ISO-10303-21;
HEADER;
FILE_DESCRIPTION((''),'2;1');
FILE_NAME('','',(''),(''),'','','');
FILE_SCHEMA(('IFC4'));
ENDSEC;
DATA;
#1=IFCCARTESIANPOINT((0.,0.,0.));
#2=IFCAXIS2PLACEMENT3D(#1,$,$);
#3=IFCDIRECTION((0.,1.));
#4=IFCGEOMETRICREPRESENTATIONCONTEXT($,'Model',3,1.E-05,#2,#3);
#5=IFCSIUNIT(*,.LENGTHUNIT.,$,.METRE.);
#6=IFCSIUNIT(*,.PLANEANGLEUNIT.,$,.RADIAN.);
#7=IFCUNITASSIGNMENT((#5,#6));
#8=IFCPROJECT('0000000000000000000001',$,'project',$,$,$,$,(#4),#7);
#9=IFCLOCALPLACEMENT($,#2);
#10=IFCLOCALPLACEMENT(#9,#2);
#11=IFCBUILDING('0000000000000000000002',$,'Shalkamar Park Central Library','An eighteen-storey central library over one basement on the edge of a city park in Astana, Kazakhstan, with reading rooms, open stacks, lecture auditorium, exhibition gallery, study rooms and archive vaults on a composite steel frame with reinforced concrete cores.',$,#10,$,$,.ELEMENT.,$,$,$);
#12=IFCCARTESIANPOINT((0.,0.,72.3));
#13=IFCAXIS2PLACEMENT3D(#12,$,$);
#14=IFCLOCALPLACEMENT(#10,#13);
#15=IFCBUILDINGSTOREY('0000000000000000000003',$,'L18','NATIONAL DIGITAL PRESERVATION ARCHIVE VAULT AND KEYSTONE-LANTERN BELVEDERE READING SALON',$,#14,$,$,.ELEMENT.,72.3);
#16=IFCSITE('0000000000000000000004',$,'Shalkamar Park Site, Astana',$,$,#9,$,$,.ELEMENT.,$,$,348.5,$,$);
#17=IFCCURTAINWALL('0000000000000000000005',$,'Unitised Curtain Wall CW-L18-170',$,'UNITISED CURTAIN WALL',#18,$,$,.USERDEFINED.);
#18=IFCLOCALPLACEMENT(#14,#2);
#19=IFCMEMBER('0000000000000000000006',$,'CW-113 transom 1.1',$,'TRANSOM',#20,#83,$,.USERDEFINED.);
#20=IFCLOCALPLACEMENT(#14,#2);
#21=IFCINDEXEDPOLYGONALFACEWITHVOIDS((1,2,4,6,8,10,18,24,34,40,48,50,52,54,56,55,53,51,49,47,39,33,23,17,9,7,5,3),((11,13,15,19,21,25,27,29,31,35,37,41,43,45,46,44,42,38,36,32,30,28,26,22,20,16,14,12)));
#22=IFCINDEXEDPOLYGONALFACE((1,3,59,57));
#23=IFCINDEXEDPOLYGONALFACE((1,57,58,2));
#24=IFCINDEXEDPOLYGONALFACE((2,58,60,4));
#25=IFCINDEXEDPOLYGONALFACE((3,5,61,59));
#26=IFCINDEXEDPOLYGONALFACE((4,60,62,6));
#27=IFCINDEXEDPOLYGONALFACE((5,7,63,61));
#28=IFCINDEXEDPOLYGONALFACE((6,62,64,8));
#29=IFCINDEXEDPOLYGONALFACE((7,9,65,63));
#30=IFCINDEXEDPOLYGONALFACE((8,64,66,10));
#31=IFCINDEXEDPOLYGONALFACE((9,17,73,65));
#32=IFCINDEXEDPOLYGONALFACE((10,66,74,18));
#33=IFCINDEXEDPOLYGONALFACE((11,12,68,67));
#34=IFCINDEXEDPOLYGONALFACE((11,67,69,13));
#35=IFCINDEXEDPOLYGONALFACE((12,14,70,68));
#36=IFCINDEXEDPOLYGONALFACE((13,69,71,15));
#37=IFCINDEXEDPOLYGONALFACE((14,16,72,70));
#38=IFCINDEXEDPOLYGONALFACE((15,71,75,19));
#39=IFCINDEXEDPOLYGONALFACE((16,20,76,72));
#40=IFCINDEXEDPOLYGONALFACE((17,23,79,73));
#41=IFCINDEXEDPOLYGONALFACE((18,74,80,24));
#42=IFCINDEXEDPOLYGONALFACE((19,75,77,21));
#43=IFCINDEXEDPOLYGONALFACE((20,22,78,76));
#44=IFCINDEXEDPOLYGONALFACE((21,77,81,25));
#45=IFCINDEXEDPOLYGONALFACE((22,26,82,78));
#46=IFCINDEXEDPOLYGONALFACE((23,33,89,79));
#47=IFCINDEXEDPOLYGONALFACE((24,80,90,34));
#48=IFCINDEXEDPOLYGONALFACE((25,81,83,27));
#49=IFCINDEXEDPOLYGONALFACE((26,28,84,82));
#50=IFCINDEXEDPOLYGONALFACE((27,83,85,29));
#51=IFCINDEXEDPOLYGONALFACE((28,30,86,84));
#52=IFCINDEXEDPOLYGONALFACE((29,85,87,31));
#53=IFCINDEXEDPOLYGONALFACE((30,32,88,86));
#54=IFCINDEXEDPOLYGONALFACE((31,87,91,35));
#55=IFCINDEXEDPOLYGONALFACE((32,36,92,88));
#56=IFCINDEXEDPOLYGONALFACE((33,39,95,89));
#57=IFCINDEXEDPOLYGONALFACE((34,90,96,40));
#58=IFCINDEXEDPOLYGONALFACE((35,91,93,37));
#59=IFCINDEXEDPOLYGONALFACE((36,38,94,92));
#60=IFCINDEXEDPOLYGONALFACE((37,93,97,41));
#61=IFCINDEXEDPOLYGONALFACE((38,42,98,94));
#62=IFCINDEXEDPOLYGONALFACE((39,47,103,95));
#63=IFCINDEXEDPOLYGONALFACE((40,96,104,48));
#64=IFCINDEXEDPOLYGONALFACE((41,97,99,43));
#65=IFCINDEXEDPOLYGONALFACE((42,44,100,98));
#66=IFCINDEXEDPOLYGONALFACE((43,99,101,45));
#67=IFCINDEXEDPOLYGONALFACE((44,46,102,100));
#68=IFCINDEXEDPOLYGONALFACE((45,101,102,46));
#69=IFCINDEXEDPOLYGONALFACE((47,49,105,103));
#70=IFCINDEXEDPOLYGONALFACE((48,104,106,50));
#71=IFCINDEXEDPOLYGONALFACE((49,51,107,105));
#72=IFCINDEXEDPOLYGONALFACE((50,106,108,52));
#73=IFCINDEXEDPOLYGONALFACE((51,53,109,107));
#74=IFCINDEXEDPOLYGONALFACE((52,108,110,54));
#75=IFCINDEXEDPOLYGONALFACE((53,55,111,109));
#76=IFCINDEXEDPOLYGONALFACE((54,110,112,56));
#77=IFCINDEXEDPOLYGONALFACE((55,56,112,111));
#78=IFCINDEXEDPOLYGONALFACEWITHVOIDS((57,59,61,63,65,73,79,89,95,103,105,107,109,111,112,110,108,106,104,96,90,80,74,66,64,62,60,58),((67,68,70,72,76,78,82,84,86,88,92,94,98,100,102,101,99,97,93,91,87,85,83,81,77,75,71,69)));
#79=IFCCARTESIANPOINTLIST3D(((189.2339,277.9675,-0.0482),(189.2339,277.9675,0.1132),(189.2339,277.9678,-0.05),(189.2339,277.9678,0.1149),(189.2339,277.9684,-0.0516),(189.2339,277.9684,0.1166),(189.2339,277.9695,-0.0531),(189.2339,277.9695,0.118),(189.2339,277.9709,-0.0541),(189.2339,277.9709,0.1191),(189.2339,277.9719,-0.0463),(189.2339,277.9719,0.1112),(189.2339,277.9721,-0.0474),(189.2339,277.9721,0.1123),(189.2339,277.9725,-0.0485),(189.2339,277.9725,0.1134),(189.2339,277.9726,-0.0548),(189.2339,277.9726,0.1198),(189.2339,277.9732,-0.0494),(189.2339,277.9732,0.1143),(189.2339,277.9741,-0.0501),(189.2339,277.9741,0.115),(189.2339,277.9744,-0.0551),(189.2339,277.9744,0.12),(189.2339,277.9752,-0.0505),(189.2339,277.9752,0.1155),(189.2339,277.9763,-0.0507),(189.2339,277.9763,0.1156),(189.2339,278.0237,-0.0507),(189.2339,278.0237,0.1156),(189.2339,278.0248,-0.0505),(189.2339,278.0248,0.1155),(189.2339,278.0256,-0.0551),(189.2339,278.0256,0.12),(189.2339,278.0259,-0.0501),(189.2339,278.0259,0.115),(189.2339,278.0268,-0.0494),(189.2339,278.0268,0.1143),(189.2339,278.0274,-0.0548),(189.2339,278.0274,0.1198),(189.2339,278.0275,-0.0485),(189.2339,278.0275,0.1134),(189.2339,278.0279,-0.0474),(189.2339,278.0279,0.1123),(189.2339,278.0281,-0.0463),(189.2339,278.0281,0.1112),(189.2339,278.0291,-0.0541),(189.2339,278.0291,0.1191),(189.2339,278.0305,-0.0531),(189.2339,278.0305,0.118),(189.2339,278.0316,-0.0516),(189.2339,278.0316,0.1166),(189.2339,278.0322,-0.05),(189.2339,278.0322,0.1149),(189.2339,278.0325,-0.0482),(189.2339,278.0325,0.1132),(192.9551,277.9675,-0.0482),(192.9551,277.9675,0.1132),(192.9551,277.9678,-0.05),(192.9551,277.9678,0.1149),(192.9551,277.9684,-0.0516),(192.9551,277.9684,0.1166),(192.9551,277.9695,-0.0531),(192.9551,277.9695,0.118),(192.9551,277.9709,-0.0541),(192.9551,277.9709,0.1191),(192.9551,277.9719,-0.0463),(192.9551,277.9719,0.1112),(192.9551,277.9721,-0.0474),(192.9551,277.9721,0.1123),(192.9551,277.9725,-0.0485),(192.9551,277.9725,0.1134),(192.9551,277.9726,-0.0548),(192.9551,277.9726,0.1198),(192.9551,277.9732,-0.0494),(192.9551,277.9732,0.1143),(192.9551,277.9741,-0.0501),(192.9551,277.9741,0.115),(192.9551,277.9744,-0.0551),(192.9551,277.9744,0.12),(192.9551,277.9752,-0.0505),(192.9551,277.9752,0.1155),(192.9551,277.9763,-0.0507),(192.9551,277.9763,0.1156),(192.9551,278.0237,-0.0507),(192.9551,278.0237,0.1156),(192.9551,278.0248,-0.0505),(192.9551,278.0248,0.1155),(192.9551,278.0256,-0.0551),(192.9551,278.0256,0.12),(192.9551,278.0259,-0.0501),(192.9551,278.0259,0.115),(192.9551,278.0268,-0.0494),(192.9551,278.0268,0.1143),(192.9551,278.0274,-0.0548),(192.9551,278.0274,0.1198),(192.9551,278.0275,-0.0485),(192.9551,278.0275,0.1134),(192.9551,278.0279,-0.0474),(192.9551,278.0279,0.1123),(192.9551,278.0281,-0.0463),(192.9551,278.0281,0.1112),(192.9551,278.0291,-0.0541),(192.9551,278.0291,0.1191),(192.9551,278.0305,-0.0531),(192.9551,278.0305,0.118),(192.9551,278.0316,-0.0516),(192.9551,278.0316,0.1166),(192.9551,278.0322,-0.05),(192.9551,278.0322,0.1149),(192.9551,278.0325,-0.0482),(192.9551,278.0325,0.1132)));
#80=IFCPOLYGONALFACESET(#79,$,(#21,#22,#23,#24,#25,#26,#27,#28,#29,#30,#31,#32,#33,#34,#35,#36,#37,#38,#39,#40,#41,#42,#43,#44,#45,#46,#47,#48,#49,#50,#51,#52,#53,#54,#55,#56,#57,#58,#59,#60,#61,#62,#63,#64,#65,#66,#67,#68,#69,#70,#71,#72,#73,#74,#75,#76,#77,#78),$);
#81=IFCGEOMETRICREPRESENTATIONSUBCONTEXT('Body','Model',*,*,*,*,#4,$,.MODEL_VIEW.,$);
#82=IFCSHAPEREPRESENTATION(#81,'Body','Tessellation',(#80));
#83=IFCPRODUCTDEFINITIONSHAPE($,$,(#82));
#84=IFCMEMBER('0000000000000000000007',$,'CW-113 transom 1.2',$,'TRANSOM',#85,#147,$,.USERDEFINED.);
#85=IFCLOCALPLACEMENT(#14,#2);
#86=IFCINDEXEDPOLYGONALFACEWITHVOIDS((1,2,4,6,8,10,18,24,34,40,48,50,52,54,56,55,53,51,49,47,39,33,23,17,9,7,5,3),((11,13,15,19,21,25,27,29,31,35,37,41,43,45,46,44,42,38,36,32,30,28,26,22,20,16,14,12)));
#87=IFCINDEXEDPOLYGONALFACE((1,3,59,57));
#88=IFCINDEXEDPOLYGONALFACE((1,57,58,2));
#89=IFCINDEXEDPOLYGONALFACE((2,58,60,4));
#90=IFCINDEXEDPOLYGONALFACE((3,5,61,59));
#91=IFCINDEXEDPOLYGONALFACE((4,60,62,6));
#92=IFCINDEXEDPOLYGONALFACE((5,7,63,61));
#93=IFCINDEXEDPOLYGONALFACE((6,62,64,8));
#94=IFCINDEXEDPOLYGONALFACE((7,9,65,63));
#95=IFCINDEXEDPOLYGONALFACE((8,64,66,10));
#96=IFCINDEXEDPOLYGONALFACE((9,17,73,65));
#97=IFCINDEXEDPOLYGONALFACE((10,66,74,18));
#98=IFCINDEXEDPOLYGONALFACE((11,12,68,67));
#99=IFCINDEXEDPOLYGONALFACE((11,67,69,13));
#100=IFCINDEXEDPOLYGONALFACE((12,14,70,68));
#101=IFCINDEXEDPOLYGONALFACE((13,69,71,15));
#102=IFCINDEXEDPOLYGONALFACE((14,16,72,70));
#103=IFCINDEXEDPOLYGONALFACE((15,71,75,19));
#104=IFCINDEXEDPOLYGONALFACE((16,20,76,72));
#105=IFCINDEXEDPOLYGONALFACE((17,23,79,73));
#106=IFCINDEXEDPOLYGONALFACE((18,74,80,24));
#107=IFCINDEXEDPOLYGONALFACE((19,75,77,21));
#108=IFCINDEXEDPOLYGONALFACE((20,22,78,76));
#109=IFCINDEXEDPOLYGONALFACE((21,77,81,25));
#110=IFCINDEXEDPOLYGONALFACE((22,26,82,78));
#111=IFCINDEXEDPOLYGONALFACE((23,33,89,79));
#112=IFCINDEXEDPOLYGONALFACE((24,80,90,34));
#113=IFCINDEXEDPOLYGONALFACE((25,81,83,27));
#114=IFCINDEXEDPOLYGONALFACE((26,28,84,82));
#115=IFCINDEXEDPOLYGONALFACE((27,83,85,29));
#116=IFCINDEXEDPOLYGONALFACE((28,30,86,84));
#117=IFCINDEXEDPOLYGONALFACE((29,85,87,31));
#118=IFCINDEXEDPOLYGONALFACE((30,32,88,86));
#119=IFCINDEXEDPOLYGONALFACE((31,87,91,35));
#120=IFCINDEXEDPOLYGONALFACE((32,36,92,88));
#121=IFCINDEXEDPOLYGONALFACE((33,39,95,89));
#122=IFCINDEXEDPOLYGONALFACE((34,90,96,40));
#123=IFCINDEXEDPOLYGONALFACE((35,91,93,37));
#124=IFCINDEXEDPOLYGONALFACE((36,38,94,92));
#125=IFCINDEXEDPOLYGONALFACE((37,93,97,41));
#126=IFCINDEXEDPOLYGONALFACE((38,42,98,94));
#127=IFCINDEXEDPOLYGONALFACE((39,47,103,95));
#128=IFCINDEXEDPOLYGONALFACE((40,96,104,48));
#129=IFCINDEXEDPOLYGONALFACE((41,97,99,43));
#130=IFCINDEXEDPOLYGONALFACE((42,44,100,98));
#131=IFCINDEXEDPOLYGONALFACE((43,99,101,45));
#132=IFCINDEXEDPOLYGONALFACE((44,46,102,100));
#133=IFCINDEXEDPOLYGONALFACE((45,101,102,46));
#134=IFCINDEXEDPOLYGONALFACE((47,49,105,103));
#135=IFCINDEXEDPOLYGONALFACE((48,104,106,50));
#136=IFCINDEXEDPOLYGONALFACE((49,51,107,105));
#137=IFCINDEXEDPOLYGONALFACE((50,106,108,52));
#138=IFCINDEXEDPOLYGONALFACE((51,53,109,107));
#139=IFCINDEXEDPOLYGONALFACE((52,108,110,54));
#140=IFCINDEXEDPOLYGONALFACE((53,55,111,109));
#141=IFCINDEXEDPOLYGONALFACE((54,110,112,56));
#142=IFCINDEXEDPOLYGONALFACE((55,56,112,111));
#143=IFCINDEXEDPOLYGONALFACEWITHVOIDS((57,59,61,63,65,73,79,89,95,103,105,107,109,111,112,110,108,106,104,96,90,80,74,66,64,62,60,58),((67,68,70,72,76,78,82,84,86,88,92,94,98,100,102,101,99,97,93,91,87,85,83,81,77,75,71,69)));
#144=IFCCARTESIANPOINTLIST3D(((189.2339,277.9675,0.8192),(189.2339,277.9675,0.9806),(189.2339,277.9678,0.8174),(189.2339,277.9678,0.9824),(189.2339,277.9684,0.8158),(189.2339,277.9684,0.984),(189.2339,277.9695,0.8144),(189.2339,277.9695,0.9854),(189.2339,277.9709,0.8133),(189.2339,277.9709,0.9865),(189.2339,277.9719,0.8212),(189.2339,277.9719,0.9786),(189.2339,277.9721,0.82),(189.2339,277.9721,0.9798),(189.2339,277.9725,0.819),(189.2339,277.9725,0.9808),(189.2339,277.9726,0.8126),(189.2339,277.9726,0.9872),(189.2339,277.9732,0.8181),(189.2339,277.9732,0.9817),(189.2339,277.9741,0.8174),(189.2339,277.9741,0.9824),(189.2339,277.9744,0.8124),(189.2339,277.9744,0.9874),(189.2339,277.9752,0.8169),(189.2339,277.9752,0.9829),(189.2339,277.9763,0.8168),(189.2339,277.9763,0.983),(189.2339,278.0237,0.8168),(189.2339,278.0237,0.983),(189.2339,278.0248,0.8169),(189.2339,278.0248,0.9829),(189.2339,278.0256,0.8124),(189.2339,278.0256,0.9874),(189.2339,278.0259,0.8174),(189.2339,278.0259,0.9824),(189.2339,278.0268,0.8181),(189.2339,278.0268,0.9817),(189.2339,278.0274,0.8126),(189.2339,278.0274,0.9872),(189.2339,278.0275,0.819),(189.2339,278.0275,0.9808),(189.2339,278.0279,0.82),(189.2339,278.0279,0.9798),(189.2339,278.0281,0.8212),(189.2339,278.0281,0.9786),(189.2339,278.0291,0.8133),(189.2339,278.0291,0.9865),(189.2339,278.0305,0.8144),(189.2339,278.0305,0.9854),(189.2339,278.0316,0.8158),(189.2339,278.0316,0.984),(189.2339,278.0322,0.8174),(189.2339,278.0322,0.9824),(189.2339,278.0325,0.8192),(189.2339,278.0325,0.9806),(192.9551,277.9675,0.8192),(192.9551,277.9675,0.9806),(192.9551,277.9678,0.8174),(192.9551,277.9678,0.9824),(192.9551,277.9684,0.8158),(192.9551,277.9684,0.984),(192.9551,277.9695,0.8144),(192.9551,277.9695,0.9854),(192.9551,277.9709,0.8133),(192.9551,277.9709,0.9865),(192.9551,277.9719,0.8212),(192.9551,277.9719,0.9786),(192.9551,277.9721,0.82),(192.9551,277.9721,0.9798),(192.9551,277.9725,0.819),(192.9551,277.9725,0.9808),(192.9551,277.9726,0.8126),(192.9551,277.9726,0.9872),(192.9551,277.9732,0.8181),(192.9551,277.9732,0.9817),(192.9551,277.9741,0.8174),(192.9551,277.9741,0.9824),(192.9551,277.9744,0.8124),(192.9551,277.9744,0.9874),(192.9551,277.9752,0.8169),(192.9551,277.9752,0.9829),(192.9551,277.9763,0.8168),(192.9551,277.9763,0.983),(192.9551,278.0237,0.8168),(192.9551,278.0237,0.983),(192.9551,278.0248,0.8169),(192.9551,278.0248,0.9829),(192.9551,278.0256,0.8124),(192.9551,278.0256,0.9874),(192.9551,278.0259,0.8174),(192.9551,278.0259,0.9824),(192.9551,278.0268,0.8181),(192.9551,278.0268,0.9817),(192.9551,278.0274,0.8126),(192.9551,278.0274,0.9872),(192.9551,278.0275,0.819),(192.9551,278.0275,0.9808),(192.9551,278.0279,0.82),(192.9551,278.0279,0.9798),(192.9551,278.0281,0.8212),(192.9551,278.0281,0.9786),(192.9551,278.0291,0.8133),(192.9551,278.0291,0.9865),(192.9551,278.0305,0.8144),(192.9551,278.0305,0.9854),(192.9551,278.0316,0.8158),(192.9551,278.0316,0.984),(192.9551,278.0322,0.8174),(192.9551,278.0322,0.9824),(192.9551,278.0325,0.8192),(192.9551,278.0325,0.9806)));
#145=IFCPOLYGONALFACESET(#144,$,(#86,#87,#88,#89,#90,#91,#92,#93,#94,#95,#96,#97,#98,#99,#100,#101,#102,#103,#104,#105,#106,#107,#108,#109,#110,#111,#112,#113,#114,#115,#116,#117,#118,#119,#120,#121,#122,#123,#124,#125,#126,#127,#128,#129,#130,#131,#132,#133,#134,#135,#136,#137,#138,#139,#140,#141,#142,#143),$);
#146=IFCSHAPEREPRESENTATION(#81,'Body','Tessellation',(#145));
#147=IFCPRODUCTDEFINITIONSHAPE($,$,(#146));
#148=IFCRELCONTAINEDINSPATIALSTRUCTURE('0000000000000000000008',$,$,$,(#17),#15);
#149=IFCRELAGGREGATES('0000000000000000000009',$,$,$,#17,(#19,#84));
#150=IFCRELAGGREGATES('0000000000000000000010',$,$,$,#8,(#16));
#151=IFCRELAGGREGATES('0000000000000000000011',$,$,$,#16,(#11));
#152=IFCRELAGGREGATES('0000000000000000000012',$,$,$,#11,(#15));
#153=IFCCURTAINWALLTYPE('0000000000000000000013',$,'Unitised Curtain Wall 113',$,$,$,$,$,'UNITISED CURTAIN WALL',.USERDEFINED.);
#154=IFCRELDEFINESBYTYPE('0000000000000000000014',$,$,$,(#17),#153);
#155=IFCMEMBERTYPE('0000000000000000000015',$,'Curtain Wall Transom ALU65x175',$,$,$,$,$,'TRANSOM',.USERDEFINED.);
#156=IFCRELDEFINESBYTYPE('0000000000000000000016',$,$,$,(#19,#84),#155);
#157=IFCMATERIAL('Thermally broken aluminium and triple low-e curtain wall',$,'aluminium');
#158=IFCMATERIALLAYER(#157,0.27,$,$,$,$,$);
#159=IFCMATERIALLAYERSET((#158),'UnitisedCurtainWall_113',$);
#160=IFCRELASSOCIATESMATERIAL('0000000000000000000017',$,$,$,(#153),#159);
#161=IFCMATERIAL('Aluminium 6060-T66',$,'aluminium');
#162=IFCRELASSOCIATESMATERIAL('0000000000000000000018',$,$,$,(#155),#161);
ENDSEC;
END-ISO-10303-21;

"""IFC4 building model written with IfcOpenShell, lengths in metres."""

from ifc_helpers import new_model, si_unit, direction, frame, origin, origin_2d, place, context, subcontext, project, spatial, hollow_rectangle, extrude, material, layer, layer_set, material_profile, profile_set, type_object, element, aggregate, save


model = new_model("IFC4")

# Units and contexts
model_context = context("Model", 3, precision=1e-05, world=origin(), true_north=direction((0.0, 1.0)))
body_context = subcontext(model_context, "Body", "Model", "MODEL_VIEW")
ifc_project = project(units=[si_unit("LENGTHUNIT", "METRE"), si_unit("PLANEANGLEUNIT", "RADIAN")], contexts=[model_context])

# Site, building, storey
site_placement = place(None, origin())
site = spatial("IfcSite", under=ifc_project, at=site_placement, Name="Shalkamar Park Site, Astana", CompositionType="ELEMENT", RefElevation=348.5)
building_placement = place(site_placement, origin())
building = spatial("IfcBuilding", under=site, at=building_placement, Name="Shalkamar Park Central Library", Description="An eighteen-storey central library over one basement on the edge of a city park in Astana, Kazakhstan, with reading rooms, open stacks, lecture auditorium, exhibition gallery, study rooms and archive vaults on a composite steel frame with reinforced concrete cores.", CompositionType="ELEMENT")
storey_placement = place(building_placement, frame((0.0, 0.0, 72.3)))
storey = spatial("IfcBuildingStorey", under=building, at=storey_placement, Name="L18", Description="NATIONAL DIGITAL PRESERVATION ARCHIVE VAULT AND KEYSTONE-LANTERN BELVEDERE READING SALON", CompositionType="ELEMENT", Elevation=72.3)

# Curtain wall
ifc_material_1 = material(Name="Thermally broken aluminium and triple low-e curtain wall", Category="aluminium")
ifc_layer_1 = layer(ifc_material_1, 0.27)
ifc_layer_set_1 = layer_set([ifc_layer_1], Name="UnitisedCurtainWall_113")
curtain_wall_type_1 = type_object("IfcCurtainWallType", Name="Unitised Curtain Wall 113", ElementType="UNITISED CURTAIN WALL", PredefinedType="USERDEFINED", material=ifc_layer_set_1)
curtain_wall_1_placement = place(storey_placement, origin())
curtain_wall_1 = element("IfcCurtainWall", 1, at=curtain_wall_1_placement, inside=storey, type_object=curtain_wall_type_1, Name="Unitised Curtain Wall CW-L18-170", ObjectType="UNITISED CURTAIN WALL", PredefinedType="USERDEFINED")
ifc_material_2 = material(Name="Aluminium 6060-T66", Category="aluminium")

# Members
ifc_material_profile_1 = material_profile(ifc_material_2, hollow_rectangle(XDim=0.0649, YDim=0.175, WallThickness=0.0044, InnerFilletRadius=0.0044, OuterFilletRadius=0.0068, at=origin_2d()), Name="ALU 65x175x4.5")
ifc_profile_set_1 = profile_set([ifc_material_profile_1], Name="Aluminium 6060-T66")
member_type_1 = type_object("IfcMemberType", Name="Curtain Wall Transom ALU65x175", ElementType="TRANSOM", PredefinedType="USERDEFINED", material=ifc_profile_set_1)
member_1_placement = place(storey_placement, frame((189.2339, 278.0, 0.0325), z_axis=(1.0, 0.0, 0.0), x_axis=(0.0, 1.0, 0.0)))
member_1 = element("IfcMember", 2, at=member_1_placement, type_object=member_type_1, Name="CW-113 transom 1.1", ObjectType="TRANSOM", PredefinedType="USERDEFINED", context=body_context, shape_type="SweptSolid", body=[
    extrude(hollow_rectangle(XDim=0.0649, YDim=0.175, WallThickness=0.0044, InnerFilletRadius=0.0044, OuterFilletRadius=0.0068, at=origin_2d()), origin(), (0.0, 0.0, 1.0), 3.7212),
])
member_2_placement = place(storey_placement, frame((189.2339, 278.0, 0.8999), z_axis=(1.0, 0.0, 0.0), x_axis=(0.0, 1.0, 0.0)))
member_2 = element("IfcMember", 3, at=member_2_placement, type_object=member_type_1, Name="CW-113 transom 1.2", ObjectType="TRANSOM", PredefinedType="USERDEFINED", context=body_context, shape_type="SweptSolid", body=[
    extrude(hollow_rectangle(XDim=0.0649, YDim=0.175, WallThickness=0.0044, InnerFilletRadius=0.0044, OuterFilletRadius=0.0068, at=origin_2d()), origin(), (0.0, 0.0, 1.0), 3.7212),
])

aggregate(curtain_wall_1, [member_1, member_2])

save(model, "model.ifc")
